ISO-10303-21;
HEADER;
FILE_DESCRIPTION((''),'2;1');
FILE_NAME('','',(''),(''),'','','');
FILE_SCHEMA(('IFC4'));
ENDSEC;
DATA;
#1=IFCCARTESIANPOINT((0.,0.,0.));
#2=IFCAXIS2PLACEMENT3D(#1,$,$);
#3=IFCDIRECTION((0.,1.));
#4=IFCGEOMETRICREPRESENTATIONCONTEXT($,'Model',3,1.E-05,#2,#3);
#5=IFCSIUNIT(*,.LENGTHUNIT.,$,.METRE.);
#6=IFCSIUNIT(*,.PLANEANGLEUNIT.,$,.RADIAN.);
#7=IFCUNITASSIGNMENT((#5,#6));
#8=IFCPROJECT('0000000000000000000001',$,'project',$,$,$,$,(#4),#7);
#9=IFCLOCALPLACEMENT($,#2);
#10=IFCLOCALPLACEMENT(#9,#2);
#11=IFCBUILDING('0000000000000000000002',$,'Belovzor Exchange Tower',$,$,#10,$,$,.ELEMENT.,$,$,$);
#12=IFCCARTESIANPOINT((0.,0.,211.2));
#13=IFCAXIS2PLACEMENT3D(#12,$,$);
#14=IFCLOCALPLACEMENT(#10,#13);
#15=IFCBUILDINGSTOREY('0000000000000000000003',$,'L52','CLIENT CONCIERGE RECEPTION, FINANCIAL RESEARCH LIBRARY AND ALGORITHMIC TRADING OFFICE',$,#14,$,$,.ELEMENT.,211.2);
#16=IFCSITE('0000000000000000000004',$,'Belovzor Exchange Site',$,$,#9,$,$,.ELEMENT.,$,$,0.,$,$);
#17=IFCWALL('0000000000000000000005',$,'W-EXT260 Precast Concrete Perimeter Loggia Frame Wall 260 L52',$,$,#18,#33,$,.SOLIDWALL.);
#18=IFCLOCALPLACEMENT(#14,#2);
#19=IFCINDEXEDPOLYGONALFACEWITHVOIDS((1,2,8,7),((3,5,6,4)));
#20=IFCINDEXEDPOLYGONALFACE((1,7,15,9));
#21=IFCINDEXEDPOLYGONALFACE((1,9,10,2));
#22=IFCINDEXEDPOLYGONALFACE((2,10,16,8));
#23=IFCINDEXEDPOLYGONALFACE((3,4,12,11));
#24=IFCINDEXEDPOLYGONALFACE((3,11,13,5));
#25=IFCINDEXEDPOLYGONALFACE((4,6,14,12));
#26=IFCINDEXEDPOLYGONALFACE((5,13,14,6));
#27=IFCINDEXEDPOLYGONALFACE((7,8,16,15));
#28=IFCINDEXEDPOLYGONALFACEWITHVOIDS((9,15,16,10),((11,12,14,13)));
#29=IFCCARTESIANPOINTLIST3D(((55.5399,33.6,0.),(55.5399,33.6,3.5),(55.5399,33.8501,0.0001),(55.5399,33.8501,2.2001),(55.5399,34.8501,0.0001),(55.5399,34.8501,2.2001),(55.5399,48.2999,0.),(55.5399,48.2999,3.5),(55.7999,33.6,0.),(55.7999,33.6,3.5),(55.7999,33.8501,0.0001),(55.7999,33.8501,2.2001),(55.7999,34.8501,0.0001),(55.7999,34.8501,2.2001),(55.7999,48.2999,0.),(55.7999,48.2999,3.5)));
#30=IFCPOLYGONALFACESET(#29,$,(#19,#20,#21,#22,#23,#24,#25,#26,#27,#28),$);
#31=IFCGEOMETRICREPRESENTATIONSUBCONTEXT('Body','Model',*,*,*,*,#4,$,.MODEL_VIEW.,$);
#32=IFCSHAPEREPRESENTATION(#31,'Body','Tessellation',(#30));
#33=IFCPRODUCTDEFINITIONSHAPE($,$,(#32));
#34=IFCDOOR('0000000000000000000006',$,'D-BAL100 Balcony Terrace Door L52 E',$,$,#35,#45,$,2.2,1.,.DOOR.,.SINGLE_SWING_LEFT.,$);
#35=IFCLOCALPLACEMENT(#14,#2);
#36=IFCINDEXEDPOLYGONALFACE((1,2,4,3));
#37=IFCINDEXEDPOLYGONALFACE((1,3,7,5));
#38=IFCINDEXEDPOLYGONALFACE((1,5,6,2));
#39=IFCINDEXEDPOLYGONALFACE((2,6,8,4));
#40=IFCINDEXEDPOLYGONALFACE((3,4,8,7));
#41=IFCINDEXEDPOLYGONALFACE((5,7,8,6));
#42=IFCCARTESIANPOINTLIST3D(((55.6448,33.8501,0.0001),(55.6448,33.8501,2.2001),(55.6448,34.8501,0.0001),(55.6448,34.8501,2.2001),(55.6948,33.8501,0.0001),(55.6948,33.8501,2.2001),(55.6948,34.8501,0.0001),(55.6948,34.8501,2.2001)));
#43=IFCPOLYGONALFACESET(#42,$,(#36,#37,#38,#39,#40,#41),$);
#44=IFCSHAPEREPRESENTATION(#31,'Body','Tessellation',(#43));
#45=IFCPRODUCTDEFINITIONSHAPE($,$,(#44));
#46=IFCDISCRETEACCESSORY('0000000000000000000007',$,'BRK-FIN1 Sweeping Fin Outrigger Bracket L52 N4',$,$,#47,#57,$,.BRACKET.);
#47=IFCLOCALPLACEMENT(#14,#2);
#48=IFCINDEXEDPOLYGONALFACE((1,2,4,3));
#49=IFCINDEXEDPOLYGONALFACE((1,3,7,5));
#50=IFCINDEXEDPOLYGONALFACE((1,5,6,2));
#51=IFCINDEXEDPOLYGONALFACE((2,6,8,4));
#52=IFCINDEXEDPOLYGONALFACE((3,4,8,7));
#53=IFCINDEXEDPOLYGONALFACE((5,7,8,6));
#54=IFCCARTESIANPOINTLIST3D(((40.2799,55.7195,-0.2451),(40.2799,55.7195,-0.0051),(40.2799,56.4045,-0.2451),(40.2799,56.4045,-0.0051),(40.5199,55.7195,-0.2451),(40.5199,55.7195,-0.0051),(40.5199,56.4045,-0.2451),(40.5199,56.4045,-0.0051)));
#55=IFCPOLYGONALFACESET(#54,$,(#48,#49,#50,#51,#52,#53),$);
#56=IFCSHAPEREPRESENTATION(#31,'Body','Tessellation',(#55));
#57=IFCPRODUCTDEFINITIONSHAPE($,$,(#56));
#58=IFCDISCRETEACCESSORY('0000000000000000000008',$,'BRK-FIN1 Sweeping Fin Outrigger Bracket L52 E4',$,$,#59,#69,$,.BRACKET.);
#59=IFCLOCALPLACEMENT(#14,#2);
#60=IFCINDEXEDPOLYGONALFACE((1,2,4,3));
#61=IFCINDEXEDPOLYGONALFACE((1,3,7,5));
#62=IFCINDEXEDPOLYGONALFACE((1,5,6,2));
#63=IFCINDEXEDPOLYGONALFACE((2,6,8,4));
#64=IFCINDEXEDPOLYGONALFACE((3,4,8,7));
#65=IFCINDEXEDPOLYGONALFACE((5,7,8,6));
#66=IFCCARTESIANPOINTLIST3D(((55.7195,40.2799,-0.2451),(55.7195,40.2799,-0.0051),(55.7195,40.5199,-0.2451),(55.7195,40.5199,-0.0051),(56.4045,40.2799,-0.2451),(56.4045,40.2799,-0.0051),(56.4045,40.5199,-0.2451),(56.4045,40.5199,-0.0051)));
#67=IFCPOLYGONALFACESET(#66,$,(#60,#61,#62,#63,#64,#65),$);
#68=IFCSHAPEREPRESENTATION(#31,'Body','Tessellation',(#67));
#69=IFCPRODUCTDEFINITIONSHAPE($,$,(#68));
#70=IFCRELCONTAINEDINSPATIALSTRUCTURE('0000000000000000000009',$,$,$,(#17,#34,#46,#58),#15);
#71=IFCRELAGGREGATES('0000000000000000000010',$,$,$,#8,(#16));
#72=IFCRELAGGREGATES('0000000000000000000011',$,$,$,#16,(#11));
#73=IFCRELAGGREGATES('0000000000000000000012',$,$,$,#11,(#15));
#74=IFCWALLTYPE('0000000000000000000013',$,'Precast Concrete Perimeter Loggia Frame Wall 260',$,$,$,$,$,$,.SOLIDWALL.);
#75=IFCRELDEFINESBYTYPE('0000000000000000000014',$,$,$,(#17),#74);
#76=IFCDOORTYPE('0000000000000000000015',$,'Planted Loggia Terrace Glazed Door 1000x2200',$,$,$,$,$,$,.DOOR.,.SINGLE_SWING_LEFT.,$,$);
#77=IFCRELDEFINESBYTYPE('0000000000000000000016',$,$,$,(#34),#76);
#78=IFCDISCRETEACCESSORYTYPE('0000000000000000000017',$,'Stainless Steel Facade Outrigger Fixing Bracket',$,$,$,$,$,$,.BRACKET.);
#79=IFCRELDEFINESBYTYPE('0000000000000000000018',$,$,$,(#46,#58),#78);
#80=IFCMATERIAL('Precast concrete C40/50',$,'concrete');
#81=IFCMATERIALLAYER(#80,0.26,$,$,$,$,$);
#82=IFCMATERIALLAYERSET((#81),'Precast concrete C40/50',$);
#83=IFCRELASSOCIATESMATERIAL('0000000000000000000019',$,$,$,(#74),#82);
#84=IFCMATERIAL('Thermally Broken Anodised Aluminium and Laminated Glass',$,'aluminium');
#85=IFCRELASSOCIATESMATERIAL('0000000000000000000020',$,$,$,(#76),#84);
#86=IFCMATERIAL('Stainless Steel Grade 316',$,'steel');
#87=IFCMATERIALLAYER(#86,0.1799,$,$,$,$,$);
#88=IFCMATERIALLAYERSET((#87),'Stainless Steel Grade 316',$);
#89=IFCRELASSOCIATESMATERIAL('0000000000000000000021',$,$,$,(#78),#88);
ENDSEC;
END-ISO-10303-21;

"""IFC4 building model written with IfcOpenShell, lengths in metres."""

from ifc_helpers import new_model, si_unit, direction, frame, frame_2d, origin, origin_2d, place, context, subcontext, project, spatial, rectangle, extrude, material, layer, layer_set, type_object, element, fill, save


model = new_model("IFC4")

# Units and contexts
model_context = context("Model", 3, precision=1e-05, world=origin(), true_north=direction((0.0, 1.0)))
body_context = subcontext(model_context, "Body", "Model", "MODEL_VIEW")
ifc_project = project(units=[si_unit("LENGTHUNIT", "METRE"), si_unit("PLANEANGLEUNIT", "RADIAN")], contexts=[model_context])

# Site, building, storey
site_placement = place(None, origin())
site = spatial("IfcSite", under=ifc_project, at=site_placement, Name="Belovzor Exchange Site", CompositionType="ELEMENT", RefElevation=0.0)
building_placement = place(site_placement, origin())
building = spatial("IfcBuilding", under=site, at=building_placement, Name="Belovzor Exchange Tower", CompositionType="ELEMENT")
storey_placement = place(building_placement, frame((0.0, 0.0, 211.2)))
storey = spatial("IfcBuildingStorey", under=building, at=storey_placement, Name="L52", Description="CLIENT CONCIERGE RECEPTION, FINANCIAL RESEARCH LIBRARY AND ALGORITHMIC TRADING OFFICE", CompositionType="ELEMENT", Elevation=211.2)

# Wall, opening, door
ifc_material_1 = material(Name="Precast concrete C40/50", Category="concrete")
ifc_layer_1 = layer(ifc_material_1, 0.26)
ifc_layer_set_1 = layer_set([ifc_layer_1], Name="Precast concrete C40/50")
wall_type_1 = type_object("IfcWallType", Name="Precast Concrete Perimeter Loggia Frame Wall 260", PredefinedType="SOLIDWALL", material=ifc_layer_set_1)
wall_1_placement = place(storey_placement, frame((55.6699, 48.3, 0.0), z_axis=(0.0, 0.0, 1.0), x_axis=(0.0, -1.0, 0.0)))
wall_1 = element("IfcWall", 1, at=wall_1_placement, inside=storey, type_object=wall_type_1, Name="W-EXT260 Precast Concrete Perimeter Loggia Frame Wall 260 L52", PredefinedType="SOLIDWALL", context=body_context, shape_type="SweptSolid", body=[
    extrude(rectangle(XDim=14.7, YDim=0.26, at=frame_2d((7.3501, 0.0))), origin(), (0.0, 0.0, 1.0), 3.5),
])
opening_1_placement = place(wall_1_placement, frame((13.45, 0.0, 0.0)))
opening_1 = element("IfcOpeningElement", 2, at=opening_1_placement, cuts=wall_1, PredefinedType="OPENING", context=body_context, shape_type="SweptSolid", body=[
    extrude(rectangle(XDim=1.0, YDim=2.2, at=frame_2d((0.5, 1.1001))), frame((0.0, 0.1399, 0.0), z_axis=(0.0, -1.0, 0.0), x_axis=(1.0, 0.0, 0.0)), (0.0, 0.0, 1.0), 0.28),
])
ifc_material_2 = material(Name="Thermally Broken Anodised Aluminium and Laminated Glass", Category="aluminium")
door_type_1 = type_object("IfcDoorType", Name="Planted Loggia Terrace Glazed Door 1000x2200", OperationType="SINGLE_SWING_LEFT", PredefinedType="DOOR", material=ifc_material_2)
door_1_placement = place(opening_1_placement, origin())
door_1 = element("IfcDoor", 3, at=door_1_placement, inside=storey, type_object=door_type_1, Name="D-BAL100 Balcony Terrace Door L52 E", OperationType="SINGLE_SWING_LEFT", OverallHeight=2.2, OverallWidth=1.0, PredefinedType="DOOR", context=body_context, shape_type="SweptSolid", body=[
    extrude(rectangle(XDim=1.0, YDim=2.2, at=frame_2d((0.5, 1.1001))), frame((0.0, 0.0249, 0.0), z_axis=(0.0, -1.0, 0.0), x_axis=(1.0, 0.0, 0.0)), (0.0, 0.0, 1.0), 0.05),
])
fill(opening_1, door_1)

# Discrete accessories
ifc_material_3 = material(Name="Stainless Steel Grade 316", Category="steel")
ifc_layer_2 = layer(ifc_material_3, 0.1799)
ifc_layer_set_2 = layer_set([ifc_layer_2], Name="Stainless Steel Grade 316")
discrete_accessory_type = type_object("IfcDiscreteAccessoryType", Name="Stainless Steel Facade Outrigger Fixing Bracket", PredefinedType="BRACKET", material=ifc_layer_set_2)
for number, where, z_axis, x_axis, name in (
    (4, (40.3999, 56.062, -0.2451), (0.0, 0.0, 1.0), (0.0, 1.0, 0.0), "BRK-FIN1 Sweeping Fin Outrigger Bracket L52 N4"),
    (5, (56.062, 40.3999, -0.2451), (0.0, 0.0, 1.0), (1.0, 0.0, 0.0), "BRK-FIN1 Sweeping Fin Outrigger Bracket L52 E4"),
):
    element("IfcDiscreteAccessory", number, at=place(storey_placement, frame(where, z_axis=z_axis, x_axis=x_axis)), inside=storey, type_object=discrete_accessory_type, Name=name, PredefinedType="BRACKET", context=body_context, shape_type="SweptSolid", body=[
        extrude(rectangle(XDim=0.6851, YDim=0.24, at=origin_2d()), origin(), (0.0, 0.0, 1.0), 0.24),
    ])

save(model, "model.ifc")
